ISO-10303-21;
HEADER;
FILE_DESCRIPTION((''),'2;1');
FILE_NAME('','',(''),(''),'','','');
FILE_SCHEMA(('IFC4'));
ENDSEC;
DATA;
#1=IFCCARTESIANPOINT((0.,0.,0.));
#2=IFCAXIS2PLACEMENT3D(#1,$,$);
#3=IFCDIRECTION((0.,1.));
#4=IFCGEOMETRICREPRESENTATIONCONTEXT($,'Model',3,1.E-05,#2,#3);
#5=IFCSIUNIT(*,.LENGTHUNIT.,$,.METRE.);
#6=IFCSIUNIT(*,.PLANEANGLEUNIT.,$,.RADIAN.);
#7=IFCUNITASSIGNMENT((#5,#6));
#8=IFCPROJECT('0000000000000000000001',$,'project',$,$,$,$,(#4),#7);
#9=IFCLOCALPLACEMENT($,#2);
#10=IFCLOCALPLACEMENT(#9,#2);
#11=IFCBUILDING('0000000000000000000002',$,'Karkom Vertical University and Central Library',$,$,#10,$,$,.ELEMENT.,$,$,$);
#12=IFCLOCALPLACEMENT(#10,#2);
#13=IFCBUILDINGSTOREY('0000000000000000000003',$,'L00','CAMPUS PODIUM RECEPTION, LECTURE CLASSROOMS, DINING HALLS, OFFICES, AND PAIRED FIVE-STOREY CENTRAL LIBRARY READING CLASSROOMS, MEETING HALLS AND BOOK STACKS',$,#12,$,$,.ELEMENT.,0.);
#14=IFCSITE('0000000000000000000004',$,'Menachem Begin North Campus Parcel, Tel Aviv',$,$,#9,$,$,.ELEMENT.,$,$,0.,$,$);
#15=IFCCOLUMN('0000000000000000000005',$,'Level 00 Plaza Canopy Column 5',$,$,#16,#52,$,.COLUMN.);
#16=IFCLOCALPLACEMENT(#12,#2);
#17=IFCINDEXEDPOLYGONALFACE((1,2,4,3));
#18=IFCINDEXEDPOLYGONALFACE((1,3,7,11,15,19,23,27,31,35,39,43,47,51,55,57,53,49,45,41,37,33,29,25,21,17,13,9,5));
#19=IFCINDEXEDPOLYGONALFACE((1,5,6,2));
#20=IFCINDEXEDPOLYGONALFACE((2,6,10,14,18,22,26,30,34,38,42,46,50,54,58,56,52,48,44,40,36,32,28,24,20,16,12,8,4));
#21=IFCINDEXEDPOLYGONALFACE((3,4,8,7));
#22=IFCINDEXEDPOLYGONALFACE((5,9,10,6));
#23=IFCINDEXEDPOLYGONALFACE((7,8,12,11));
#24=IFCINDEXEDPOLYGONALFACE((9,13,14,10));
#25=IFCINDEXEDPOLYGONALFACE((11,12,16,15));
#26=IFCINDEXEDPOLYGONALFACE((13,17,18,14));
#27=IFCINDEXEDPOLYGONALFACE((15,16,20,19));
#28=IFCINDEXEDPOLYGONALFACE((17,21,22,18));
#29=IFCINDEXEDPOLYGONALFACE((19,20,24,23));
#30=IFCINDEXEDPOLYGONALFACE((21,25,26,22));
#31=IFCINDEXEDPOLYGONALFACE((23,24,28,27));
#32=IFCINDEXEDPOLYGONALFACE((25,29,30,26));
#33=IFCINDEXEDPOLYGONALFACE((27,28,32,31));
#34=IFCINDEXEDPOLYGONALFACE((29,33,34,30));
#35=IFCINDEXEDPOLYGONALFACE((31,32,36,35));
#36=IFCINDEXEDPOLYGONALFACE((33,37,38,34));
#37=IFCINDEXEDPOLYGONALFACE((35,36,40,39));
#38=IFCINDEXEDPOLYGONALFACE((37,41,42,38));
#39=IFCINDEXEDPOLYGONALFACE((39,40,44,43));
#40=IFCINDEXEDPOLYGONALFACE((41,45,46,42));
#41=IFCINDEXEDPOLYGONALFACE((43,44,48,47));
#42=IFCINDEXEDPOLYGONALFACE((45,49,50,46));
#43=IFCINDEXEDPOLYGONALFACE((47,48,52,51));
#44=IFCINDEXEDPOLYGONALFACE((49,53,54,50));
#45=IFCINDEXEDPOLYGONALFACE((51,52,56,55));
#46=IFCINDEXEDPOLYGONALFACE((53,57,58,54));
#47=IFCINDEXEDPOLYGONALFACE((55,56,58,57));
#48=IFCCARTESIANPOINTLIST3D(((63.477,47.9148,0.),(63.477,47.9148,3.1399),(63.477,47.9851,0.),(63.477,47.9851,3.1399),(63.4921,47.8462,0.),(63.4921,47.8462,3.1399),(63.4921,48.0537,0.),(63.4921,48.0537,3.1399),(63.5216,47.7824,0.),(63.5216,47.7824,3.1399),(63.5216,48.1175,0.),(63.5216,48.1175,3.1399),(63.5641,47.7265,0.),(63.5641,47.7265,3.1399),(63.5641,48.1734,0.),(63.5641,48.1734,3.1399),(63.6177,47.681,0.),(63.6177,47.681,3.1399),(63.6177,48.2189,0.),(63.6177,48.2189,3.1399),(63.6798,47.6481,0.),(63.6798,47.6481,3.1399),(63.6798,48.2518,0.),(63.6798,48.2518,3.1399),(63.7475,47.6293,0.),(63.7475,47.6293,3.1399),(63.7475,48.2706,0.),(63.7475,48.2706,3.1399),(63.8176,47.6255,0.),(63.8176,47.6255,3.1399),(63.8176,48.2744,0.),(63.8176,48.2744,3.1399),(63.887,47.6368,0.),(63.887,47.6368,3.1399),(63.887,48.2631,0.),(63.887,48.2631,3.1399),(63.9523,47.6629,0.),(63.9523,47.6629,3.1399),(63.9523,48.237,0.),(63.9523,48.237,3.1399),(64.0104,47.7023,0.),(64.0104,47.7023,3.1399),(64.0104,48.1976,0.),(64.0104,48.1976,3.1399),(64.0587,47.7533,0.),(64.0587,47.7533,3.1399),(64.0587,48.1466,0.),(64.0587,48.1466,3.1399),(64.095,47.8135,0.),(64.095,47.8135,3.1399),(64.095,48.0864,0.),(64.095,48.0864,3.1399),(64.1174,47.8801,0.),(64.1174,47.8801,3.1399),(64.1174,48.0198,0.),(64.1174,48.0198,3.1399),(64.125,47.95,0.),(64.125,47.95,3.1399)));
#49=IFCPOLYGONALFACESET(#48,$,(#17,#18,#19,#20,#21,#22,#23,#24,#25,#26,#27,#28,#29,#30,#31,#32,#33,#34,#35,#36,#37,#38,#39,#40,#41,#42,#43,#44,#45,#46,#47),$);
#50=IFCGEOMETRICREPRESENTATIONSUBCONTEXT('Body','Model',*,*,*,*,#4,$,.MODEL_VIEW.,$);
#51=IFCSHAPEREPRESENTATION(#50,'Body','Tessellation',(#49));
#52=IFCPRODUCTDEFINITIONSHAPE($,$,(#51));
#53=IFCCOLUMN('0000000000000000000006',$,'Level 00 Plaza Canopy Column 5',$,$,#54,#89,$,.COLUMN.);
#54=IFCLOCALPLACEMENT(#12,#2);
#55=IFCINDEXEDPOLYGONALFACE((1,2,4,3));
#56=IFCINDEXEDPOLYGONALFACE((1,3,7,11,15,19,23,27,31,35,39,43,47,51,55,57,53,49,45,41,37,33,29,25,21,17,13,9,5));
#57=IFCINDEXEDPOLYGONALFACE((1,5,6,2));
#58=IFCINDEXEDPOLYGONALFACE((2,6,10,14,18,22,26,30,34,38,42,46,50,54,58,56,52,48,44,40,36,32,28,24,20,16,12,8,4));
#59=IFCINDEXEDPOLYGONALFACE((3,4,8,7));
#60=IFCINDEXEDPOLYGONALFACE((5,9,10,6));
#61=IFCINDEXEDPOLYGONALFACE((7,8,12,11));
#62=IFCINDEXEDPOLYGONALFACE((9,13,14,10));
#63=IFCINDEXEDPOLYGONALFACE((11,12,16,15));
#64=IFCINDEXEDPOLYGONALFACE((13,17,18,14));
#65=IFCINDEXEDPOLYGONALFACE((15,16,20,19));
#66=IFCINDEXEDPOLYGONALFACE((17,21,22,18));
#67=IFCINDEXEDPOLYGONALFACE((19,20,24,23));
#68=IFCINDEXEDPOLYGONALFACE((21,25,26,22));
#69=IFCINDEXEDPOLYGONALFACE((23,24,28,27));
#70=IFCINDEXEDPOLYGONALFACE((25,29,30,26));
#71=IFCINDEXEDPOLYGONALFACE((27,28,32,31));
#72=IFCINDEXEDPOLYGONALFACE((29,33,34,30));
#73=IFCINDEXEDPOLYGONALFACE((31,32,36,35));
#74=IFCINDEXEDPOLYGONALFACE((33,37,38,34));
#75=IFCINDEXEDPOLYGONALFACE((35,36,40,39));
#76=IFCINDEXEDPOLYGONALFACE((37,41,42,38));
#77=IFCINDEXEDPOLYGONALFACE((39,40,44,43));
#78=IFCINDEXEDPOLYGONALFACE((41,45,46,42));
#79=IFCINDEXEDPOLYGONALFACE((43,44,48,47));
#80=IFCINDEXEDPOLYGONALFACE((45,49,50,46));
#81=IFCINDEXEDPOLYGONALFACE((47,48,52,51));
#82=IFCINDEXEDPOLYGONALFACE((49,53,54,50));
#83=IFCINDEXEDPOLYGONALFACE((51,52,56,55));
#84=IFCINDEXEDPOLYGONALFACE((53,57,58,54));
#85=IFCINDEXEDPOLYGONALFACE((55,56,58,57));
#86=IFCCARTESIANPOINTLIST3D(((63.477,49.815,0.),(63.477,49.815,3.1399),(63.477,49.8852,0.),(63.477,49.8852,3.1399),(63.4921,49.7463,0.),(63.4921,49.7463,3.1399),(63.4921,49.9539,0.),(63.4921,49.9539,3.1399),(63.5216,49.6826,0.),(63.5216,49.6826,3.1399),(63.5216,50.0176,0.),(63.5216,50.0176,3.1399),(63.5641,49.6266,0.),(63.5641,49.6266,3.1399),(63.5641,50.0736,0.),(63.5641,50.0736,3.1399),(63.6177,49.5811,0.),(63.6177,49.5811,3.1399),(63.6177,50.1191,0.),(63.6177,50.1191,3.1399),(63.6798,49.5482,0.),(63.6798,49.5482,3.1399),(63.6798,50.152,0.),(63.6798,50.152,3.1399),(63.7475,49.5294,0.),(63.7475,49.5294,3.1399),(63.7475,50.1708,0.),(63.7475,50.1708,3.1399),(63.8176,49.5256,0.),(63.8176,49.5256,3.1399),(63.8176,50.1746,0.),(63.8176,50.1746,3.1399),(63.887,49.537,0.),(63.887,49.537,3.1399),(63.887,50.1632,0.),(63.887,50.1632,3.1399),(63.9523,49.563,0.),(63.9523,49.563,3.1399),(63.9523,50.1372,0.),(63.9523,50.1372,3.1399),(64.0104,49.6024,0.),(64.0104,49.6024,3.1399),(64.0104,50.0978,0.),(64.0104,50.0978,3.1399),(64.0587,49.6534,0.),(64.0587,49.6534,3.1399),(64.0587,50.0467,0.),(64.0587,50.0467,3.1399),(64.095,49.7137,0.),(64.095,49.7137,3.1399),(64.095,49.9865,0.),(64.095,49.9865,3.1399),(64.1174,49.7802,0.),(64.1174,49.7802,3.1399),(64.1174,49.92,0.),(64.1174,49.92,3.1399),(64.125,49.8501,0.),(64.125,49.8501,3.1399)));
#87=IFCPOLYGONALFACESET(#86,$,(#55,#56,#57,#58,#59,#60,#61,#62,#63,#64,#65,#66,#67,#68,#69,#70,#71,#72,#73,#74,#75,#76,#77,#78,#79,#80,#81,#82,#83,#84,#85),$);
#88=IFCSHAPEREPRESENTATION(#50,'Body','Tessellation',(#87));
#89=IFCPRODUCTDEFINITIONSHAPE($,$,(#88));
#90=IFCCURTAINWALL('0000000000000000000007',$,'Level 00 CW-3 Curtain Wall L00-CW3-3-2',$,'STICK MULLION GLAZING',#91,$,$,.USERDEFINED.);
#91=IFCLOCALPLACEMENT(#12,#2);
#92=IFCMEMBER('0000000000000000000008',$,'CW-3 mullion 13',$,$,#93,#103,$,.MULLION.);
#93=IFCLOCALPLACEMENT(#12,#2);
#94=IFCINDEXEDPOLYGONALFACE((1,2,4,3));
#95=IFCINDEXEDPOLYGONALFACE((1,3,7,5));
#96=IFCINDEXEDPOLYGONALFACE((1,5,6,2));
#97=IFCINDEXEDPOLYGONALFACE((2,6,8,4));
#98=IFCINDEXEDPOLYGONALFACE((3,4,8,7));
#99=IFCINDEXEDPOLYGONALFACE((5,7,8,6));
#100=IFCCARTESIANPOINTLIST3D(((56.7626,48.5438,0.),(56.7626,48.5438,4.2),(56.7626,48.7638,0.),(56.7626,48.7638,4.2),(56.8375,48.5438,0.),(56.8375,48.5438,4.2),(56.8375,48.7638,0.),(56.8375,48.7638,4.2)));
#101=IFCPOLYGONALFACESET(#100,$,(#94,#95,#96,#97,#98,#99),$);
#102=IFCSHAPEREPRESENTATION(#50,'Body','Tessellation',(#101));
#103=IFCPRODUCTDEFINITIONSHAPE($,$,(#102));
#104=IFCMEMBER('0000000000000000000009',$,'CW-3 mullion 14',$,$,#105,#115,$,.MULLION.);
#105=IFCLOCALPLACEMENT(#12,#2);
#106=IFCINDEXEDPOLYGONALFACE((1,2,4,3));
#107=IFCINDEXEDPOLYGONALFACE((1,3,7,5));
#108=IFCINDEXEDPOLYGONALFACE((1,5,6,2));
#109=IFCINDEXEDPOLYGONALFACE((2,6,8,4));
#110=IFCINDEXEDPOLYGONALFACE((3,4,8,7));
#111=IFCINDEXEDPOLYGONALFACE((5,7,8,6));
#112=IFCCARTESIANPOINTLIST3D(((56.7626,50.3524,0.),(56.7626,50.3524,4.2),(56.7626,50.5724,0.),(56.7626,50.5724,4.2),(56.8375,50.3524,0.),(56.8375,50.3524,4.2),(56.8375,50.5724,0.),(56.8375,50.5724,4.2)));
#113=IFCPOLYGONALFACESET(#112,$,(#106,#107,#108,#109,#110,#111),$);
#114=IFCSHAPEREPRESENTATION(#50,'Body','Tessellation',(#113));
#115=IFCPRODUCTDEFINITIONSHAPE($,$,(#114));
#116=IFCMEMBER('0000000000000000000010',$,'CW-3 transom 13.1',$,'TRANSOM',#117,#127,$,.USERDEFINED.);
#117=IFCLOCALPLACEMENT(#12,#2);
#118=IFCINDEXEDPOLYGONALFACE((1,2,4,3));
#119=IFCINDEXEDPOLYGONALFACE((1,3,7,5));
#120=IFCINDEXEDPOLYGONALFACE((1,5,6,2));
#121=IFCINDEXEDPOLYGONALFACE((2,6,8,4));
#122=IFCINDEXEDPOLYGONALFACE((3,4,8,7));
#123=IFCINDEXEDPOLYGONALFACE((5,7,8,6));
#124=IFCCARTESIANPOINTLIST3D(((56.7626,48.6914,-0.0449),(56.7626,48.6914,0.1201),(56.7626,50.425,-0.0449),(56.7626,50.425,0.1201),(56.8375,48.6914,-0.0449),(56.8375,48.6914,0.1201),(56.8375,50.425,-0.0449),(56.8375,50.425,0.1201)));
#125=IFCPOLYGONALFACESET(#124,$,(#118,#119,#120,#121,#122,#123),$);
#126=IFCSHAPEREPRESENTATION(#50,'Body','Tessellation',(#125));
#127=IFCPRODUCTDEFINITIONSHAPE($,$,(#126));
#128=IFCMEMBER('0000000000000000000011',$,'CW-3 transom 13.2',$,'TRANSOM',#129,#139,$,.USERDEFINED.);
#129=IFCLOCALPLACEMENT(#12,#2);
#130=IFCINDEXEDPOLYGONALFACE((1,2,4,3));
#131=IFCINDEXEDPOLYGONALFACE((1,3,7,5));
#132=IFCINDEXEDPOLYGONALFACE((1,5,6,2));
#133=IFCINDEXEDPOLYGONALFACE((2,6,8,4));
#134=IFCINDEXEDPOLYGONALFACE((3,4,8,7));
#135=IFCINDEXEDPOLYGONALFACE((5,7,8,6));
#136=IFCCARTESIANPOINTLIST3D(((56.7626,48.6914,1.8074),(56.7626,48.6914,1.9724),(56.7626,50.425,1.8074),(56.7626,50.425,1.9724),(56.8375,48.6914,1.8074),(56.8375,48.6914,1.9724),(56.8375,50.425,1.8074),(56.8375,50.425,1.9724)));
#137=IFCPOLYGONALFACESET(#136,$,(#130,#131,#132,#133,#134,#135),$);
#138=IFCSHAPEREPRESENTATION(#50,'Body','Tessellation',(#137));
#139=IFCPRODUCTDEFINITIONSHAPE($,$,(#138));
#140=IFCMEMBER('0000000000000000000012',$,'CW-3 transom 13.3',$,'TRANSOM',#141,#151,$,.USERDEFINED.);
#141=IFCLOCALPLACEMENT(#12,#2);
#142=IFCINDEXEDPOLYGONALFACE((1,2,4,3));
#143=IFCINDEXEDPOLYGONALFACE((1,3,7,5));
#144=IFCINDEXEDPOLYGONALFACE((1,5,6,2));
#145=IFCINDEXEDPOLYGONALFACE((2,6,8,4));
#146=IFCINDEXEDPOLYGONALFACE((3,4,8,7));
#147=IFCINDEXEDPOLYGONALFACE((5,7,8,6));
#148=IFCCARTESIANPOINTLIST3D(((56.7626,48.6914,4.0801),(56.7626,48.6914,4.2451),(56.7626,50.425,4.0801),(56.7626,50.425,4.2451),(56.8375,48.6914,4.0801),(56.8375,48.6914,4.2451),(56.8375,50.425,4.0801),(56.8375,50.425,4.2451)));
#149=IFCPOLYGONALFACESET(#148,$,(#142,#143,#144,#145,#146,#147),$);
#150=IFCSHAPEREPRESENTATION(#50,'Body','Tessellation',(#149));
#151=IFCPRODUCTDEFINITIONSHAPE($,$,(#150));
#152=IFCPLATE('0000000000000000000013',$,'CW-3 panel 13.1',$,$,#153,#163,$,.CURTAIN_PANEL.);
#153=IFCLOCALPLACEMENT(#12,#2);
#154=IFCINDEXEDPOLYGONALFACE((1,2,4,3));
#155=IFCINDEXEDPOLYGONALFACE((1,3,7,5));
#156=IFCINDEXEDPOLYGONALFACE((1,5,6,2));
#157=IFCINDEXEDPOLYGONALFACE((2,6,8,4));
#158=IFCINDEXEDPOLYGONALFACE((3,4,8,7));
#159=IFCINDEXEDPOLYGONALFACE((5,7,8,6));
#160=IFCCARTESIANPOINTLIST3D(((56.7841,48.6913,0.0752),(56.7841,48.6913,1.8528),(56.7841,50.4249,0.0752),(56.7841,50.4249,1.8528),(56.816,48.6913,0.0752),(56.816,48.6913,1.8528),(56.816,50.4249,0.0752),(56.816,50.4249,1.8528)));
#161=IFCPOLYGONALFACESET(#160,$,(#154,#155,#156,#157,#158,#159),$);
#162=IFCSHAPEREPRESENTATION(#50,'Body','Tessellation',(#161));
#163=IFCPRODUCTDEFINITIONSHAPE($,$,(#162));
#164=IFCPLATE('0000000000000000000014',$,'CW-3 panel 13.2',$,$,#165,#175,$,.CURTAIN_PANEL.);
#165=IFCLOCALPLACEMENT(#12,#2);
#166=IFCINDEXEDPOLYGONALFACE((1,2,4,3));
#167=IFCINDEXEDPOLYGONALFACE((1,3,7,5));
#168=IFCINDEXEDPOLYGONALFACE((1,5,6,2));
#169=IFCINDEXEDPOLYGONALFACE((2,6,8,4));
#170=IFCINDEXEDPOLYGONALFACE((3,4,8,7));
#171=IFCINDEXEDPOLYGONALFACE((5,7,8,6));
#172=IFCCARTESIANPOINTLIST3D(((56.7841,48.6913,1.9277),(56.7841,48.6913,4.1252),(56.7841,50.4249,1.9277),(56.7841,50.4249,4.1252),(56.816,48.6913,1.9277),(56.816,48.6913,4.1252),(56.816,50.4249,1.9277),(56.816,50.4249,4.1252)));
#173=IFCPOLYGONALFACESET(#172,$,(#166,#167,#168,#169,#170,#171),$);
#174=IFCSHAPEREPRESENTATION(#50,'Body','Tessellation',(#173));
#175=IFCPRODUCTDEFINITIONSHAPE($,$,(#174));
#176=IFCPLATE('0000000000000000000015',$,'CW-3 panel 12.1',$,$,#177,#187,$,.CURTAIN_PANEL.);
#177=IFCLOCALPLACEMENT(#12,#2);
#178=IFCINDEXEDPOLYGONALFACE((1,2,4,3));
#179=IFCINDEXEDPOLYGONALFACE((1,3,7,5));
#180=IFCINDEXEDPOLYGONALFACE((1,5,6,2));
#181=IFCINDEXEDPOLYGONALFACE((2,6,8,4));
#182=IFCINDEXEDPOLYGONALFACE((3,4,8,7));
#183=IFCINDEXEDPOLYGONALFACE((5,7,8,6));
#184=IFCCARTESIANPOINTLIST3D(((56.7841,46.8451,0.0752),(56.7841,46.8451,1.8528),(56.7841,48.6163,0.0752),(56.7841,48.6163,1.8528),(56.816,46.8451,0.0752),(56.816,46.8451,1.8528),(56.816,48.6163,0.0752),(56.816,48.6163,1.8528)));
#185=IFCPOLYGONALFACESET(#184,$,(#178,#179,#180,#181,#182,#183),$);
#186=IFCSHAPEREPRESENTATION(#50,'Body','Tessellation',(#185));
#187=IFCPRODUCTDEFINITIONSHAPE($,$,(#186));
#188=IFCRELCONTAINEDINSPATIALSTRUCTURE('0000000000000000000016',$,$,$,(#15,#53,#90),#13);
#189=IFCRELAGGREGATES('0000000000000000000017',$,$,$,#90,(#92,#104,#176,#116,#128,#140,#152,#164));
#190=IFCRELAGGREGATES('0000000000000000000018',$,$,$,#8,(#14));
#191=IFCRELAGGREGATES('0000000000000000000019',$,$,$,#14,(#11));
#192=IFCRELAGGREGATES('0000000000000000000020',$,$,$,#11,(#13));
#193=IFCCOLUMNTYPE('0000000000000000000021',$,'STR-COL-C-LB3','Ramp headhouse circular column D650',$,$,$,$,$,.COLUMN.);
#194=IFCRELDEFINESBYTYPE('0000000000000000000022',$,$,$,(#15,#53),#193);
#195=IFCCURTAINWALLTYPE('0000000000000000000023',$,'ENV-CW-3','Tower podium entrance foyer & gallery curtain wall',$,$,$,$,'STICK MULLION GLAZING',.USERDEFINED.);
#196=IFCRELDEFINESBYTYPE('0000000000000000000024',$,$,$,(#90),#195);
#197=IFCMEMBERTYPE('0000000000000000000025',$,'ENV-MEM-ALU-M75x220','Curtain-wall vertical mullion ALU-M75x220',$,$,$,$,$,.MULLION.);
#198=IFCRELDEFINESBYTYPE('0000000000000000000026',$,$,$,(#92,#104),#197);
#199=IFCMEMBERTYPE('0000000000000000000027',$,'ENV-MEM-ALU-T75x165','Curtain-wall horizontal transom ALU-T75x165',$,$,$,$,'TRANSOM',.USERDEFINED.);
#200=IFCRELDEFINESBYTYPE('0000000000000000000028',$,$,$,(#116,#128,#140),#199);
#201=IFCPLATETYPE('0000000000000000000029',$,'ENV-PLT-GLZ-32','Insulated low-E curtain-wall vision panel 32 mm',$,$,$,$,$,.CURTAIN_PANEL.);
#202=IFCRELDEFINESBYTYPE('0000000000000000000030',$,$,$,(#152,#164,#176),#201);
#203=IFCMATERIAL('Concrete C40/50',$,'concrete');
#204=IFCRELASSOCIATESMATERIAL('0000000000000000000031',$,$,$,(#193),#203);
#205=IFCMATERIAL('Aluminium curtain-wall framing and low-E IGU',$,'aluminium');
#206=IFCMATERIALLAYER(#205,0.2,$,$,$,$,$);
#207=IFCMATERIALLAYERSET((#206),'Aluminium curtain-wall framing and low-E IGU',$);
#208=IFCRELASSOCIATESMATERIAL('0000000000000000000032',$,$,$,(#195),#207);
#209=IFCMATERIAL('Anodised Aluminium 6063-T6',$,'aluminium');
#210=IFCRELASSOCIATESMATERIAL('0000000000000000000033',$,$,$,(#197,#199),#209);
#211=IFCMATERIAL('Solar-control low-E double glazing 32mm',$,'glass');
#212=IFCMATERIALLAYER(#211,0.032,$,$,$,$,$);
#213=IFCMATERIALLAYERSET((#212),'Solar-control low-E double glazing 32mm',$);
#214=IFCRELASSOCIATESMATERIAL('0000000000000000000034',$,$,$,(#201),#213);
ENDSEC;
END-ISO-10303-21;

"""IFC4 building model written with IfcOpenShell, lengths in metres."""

from ifc_helpers import new_model, si_unit, direction, frame, origin, origin_with_axes, origin_2d, place, context, subcontext, project, spatial, rectangle, circle, extrude, source, transform, mapped, material, layer, layer_set, material_profile, profile_set, type_object, element, aggregate, save


model = new_model("IFC4")

# Units and contexts
model_context = context("Model", 3, precision=1e-05, world=origin(), true_north=direction((0.0, 1.0)))
body_context = subcontext(model_context, "Body", "Model", "MODEL_VIEW")
ifc_project = project(units=[si_unit("LENGTHUNIT", "METRE"), si_unit("PLANEANGLEUNIT", "RADIAN")], contexts=[model_context])

# Site, building, storey
site_placement = place(None, origin())
site = spatial("IfcSite", under=ifc_project, at=site_placement, Name="Menachem Begin North Campus Parcel, Tel Aviv", CompositionType="ELEMENT", RefElevation=0.0)
building_placement = place(site_placement, origin())
building = spatial("IfcBuilding", under=site, at=building_placement, Name="Karkom Vertical University and Central Library", CompositionType="ELEMENT")
storey_placement = place(building_placement, origin())
storey = spatial("IfcBuildingStorey", under=building, at=storey_placement, Name="L00", Description="CAMPUS PODIUM RECEPTION, LECTURE CLASSROOMS, DINING HALLS, OFFICES, AND PAIRED FIVE-STOREY CENTRAL LIBRARY READING CLASSROOMS, MEETING HALLS AND BOOK STACKS", CompositionType="ELEMENT", Elevation=0.0)

# Columns
ifc_material_1 = material(Name="Concrete C40/50", Category="concrete")
ifc_material_profile_1 = material_profile(ifc_material_1, circle(Radius=0.325, at=origin_2d()), Name="RC-D650")
ifc_profile_set_1 = profile_set([ifc_material_profile_1], Name="Concrete C40/50")
column_type = type_object("IfcColumnType", Name="STR-COL-C-LB3", Description="Ramp headhouse circular column D650", PredefinedType="COLUMN", material=ifc_profile_set_1)
shared_shape_1 = source(origin_with_axes(), body_context, "Body", "SweptSolid", [
    extrude(circle(Radius=0.325, at=origin_2d()), origin(), (0.0, 0.0, 1.0), 3.1399),
])
for number, where, z_axis, x_axis, name in (
    (1, (63.8, 47.95, 0.0), (0.0, 0.0, 1.0), (1.0, 0.0, 0.0), "Level 00 Plaza Canopy Column 5"),
    (2, (63.8, 49.8501, 0.0), (0.0, 0.0, 1.0), (1.0, 0.0, 0.0), "Level 00 Plaza Canopy Column 5"),
):
    element("IfcColumn", number, at=place(storey_placement, frame(where, z_axis=z_axis, x_axis=x_axis)), inside=storey, type_object=column_type, Name=name, PredefinedType="COLUMN", context=body_context, shape_type="MappedRepresentation", body=[
        mapped(shared_shape_1, transform((0.0, 0.0, 0.0), scale=1.0)),
    ])

# Curtain wall, members, plates
ifc_material_2 = material(Name="Aluminium curtain-wall framing and low-E IGU", Category="aluminium")
ifc_layer_1 = layer(ifc_material_2, 0.2)
ifc_layer_set_1 = layer_set([ifc_layer_1], Name="Aluminium curtain-wall framing and low-E IGU")
curtain_wall_type = type_object("IfcCurtainWallType", Name="ENV-CW-3", Description="Tower podium entrance foyer & gallery curtain wall", ElementType="STICK MULLION GLAZING", PredefinedType="USERDEFINED", material=ifc_layer_set_1)
curtain_wall_placement = place(storey_placement, origin())
curtain_wall = element("IfcCurtainWall", 3, at=curtain_wall_placement, inside=storey, type_object=curtain_wall_type, Name="Level 00 CW-3 Curtain Wall L00-CW3-3-2", ObjectType="STICK MULLION GLAZING", PredefinedType="USERDEFINED")
ifc_material_3 = material(Name="Anodised Aluminium 6063-T6", Category="aluminium")
ifc_material_profile_2 = material_profile(ifc_material_3, rectangle(XDim=0.075, YDim=0.22, at=origin_2d()), Name="ALU-M75x220")
ifc_profile_set_2 = profile_set([ifc_material_profile_2], Name="Anodised Aluminium 6063-T6")
member_type_1 = type_object("IfcMemberType", Name="ENV-MEM-ALU-M75x220", Description="Curtain-wall vertical mullion ALU-M75x220", PredefinedType="MULLION", material=ifc_profile_set_2)
shared_shape_2 = source(origin_with_axes(), body_context, "Body", "SweptSolid", [
    extrude(rectangle(XDim=0.075, YDim=0.22, at=origin_2d()), origin(), (0.0, 0.0, 1.0), 4.2),
])
member_1_placement = place(storey_placement, frame((56.8, 48.6538, 0.0), z_axis=(0.0, 0.0, 1.0), x_axis=(-1.0, 0.0, 0.0)))
member_1 = element("IfcMember", 4, at=member_1_placement, type_object=member_type_1, Name="CW-3 mullion 13", PredefinedType="MULLION", context=body_context, shape_type="MappedRepresentation", body=[
    mapped(shared_shape_2, transform((0.0, 0.0, 0.0), scale=1.0)),
])
member_2_placement = place(storey_placement, frame((56.8, 50.4624, 0.0), z_axis=(0.0, 0.0, 1.0), x_axis=(-1.0, 0.0, 0.0)))
member_2 = element("IfcMember", 5, at=member_2_placement, type_object=member_type_1, Name="CW-3 mullion 14", PredefinedType="MULLION", context=body_context, shape_type="MappedRepresentation", body=[
    mapped(shared_shape_2, transform((0.0, 0.0, 0.0), scale=1.0)),
])
ifc_material_profile_3 = material_profile(ifc_material_3, rectangle(XDim=0.075, YDim=0.165, at=origin_2d()), Name="ALU-T75x165")
ifc_profile_set_3 = profile_set([ifc_material_profile_3], Name="Anodised Aluminium 6063-T6")
member_type_2 = type_object("IfcMemberType", Name="ENV-MEM-ALU-T75x165", Description="Curtain-wall horizontal transom ALU-T75x165", ElementType="TRANSOM", PredefinedType="USERDEFINED", material=ifc_profile_set_3)
shared_shape_3 = source(origin_with_axes(), body_context, "Body", "SweptSolid", [
    extrude(rectangle(XDim=0.075, YDim=0.165, at=origin_2d()), origin(), (0.0, 0.0, 1.0), 1.7336),
])
member_3_placement = place(storey_placement, frame((56.8, 48.6914, 0.0376), z_axis=(0.0, 1.0, 0.0), x_axis=(-1.0, 0.0, 0.0)))
member_3 = element("IfcMember", 6, at=member_3_placement, type_object=member_type_2, Name="CW-3 transom 13.1", ObjectType="TRANSOM", PredefinedType="USERDEFINED", context=body_context, shape_type="MappedRepresentation", body=[
    mapped(shared_shape_3, transform((0.0, 0.0, 0.0), scale=1.0)),
])
member_4_placement = place(storey_placement, frame((56.8, 48.6914, 1.8899), z_axis=(0.0, 1.0, 0.0), x_axis=(-1.0, 0.0, 0.0)))
member_4 = element("IfcMember", 7, at=member_4_placement, type_object=member_type_2, Name="CW-3 transom 13.2", ObjectType="TRANSOM", PredefinedType="USERDEFINED", context=body_context, shape_type="MappedRepresentation", body=[
    mapped(shared_shape_3, transform((0.0, 0.0, 0.0), scale=1.0)),
])
member_5_placement = place(storey_placement, frame((56.8, 48.6914, 4.1626), z_axis=(0.0, 1.0, 0.0), x_axis=(-1.0, 0.0, 0.0)))
member_5 = element("IfcMember", 8, at=member_5_placement, type_object=member_type_2, Name="CW-3 transom 13.3", ObjectType="TRANSOM", PredefinedType="USERDEFINED", context=body_context, shape_type="MappedRepresentation", body=[
    mapped(shared_shape_3, transform((0.0, 0.0, 0.0), scale=1.0)),
])
ifc_material_4 = material(Name="Solar-control low-E double glazing 32mm", Category="glass")
ifc_layer_2 = layer(ifc_material_4, 0.032)
ifc_layer_set_2 = layer_set([ifc_layer_2], Name="Solar-control low-E double glazing 32mm")
plate_type = type_object("IfcPlateType", Name="ENV-PLT-GLZ-32", Description="Insulated low-E curtain-wall vision panel 32 mm", PredefinedType="CURTAIN_PANEL", material=ifc_layer_set_2)
shared_shape_4 = source(origin_with_axes(), body_context, "Body", "SweptSolid", [
    extrude(rectangle(XDim=1.7336, YDim=0.032, at=origin_2d()), origin(), (0.0, 0.0, 1.0), 1.7776),
])
plate_1_placement = place(storey_placement, frame((56.8, 49.5581, 0.0752), z_axis=(0.0, 0.0, 1.0), x_axis=(0.0, 1.0, 0.0)))
plate_1 = element("IfcPlate", 9, at=plate_1_placement, type_object=plate_type, Name="CW-3 panel 13.1", PredefinedType="CURTAIN_PANEL", context=body_context, shape_type="MappedRepresentation", body=[
    mapped(shared_shape_4, transform((0.0, 0.0, 0.0), scale=1.0)),
])
shared_shape_5 = source(origin_with_axes(), body_context, "Body", "SweptSolid", [
    extrude(rectangle(XDim=1.7336, YDim=0.032, at=origin_2d()), origin(), (0.0, 0.0, 1.0), 2.1975),
])
plate_2_placement = place(storey_placement, frame((56.8, 49.5581, 1.9277), z_axis=(0.0, 0.0, 1.0), x_axis=(0.0, 1.0, 0.0)))
plate_2 = element("IfcPlate", 10, at=plate_2_placement, type_object=plate_type, Name="CW-3 panel 13.2", PredefinedType="CURTAIN_PANEL", context=body_context, shape_type="MappedRepresentation", body=[
    mapped(shared_shape_5, transform((0.0, 0.0, 0.0), scale=1.0)),
])
shared_shape_6 = source(origin_with_axes(), body_context, "Body", "SweptSolid", [
    extrude(rectangle(XDim=1.7712, YDim=0.032, at=origin_2d()), origin(), (0.0, 0.0, 1.0), 1.7776),
])
plate_3_placement = place(storey_placement, frame((56.8, 47.7307, 0.0752), z_axis=(0.0, 0.0, 1.0), x_axis=(0.0, 1.0, 0.0)))
plate_3 = element("IfcPlate", 11, at=plate_3_placement, type_object=plate_type, Name="CW-3 panel 12.1", PredefinedType="CURTAIN_PANEL", context=body_context, shape_type="MappedRepresentation", body=[
    mapped(shared_shape_6, transform((0.0, 0.0, 0.0), scale=1.0)),
])
aggregate(curtain_wall, [member_1, member_2, plate_3, member_3, member_4, member_5, plate_1, plate_2])

save(model, "model.ifc")
